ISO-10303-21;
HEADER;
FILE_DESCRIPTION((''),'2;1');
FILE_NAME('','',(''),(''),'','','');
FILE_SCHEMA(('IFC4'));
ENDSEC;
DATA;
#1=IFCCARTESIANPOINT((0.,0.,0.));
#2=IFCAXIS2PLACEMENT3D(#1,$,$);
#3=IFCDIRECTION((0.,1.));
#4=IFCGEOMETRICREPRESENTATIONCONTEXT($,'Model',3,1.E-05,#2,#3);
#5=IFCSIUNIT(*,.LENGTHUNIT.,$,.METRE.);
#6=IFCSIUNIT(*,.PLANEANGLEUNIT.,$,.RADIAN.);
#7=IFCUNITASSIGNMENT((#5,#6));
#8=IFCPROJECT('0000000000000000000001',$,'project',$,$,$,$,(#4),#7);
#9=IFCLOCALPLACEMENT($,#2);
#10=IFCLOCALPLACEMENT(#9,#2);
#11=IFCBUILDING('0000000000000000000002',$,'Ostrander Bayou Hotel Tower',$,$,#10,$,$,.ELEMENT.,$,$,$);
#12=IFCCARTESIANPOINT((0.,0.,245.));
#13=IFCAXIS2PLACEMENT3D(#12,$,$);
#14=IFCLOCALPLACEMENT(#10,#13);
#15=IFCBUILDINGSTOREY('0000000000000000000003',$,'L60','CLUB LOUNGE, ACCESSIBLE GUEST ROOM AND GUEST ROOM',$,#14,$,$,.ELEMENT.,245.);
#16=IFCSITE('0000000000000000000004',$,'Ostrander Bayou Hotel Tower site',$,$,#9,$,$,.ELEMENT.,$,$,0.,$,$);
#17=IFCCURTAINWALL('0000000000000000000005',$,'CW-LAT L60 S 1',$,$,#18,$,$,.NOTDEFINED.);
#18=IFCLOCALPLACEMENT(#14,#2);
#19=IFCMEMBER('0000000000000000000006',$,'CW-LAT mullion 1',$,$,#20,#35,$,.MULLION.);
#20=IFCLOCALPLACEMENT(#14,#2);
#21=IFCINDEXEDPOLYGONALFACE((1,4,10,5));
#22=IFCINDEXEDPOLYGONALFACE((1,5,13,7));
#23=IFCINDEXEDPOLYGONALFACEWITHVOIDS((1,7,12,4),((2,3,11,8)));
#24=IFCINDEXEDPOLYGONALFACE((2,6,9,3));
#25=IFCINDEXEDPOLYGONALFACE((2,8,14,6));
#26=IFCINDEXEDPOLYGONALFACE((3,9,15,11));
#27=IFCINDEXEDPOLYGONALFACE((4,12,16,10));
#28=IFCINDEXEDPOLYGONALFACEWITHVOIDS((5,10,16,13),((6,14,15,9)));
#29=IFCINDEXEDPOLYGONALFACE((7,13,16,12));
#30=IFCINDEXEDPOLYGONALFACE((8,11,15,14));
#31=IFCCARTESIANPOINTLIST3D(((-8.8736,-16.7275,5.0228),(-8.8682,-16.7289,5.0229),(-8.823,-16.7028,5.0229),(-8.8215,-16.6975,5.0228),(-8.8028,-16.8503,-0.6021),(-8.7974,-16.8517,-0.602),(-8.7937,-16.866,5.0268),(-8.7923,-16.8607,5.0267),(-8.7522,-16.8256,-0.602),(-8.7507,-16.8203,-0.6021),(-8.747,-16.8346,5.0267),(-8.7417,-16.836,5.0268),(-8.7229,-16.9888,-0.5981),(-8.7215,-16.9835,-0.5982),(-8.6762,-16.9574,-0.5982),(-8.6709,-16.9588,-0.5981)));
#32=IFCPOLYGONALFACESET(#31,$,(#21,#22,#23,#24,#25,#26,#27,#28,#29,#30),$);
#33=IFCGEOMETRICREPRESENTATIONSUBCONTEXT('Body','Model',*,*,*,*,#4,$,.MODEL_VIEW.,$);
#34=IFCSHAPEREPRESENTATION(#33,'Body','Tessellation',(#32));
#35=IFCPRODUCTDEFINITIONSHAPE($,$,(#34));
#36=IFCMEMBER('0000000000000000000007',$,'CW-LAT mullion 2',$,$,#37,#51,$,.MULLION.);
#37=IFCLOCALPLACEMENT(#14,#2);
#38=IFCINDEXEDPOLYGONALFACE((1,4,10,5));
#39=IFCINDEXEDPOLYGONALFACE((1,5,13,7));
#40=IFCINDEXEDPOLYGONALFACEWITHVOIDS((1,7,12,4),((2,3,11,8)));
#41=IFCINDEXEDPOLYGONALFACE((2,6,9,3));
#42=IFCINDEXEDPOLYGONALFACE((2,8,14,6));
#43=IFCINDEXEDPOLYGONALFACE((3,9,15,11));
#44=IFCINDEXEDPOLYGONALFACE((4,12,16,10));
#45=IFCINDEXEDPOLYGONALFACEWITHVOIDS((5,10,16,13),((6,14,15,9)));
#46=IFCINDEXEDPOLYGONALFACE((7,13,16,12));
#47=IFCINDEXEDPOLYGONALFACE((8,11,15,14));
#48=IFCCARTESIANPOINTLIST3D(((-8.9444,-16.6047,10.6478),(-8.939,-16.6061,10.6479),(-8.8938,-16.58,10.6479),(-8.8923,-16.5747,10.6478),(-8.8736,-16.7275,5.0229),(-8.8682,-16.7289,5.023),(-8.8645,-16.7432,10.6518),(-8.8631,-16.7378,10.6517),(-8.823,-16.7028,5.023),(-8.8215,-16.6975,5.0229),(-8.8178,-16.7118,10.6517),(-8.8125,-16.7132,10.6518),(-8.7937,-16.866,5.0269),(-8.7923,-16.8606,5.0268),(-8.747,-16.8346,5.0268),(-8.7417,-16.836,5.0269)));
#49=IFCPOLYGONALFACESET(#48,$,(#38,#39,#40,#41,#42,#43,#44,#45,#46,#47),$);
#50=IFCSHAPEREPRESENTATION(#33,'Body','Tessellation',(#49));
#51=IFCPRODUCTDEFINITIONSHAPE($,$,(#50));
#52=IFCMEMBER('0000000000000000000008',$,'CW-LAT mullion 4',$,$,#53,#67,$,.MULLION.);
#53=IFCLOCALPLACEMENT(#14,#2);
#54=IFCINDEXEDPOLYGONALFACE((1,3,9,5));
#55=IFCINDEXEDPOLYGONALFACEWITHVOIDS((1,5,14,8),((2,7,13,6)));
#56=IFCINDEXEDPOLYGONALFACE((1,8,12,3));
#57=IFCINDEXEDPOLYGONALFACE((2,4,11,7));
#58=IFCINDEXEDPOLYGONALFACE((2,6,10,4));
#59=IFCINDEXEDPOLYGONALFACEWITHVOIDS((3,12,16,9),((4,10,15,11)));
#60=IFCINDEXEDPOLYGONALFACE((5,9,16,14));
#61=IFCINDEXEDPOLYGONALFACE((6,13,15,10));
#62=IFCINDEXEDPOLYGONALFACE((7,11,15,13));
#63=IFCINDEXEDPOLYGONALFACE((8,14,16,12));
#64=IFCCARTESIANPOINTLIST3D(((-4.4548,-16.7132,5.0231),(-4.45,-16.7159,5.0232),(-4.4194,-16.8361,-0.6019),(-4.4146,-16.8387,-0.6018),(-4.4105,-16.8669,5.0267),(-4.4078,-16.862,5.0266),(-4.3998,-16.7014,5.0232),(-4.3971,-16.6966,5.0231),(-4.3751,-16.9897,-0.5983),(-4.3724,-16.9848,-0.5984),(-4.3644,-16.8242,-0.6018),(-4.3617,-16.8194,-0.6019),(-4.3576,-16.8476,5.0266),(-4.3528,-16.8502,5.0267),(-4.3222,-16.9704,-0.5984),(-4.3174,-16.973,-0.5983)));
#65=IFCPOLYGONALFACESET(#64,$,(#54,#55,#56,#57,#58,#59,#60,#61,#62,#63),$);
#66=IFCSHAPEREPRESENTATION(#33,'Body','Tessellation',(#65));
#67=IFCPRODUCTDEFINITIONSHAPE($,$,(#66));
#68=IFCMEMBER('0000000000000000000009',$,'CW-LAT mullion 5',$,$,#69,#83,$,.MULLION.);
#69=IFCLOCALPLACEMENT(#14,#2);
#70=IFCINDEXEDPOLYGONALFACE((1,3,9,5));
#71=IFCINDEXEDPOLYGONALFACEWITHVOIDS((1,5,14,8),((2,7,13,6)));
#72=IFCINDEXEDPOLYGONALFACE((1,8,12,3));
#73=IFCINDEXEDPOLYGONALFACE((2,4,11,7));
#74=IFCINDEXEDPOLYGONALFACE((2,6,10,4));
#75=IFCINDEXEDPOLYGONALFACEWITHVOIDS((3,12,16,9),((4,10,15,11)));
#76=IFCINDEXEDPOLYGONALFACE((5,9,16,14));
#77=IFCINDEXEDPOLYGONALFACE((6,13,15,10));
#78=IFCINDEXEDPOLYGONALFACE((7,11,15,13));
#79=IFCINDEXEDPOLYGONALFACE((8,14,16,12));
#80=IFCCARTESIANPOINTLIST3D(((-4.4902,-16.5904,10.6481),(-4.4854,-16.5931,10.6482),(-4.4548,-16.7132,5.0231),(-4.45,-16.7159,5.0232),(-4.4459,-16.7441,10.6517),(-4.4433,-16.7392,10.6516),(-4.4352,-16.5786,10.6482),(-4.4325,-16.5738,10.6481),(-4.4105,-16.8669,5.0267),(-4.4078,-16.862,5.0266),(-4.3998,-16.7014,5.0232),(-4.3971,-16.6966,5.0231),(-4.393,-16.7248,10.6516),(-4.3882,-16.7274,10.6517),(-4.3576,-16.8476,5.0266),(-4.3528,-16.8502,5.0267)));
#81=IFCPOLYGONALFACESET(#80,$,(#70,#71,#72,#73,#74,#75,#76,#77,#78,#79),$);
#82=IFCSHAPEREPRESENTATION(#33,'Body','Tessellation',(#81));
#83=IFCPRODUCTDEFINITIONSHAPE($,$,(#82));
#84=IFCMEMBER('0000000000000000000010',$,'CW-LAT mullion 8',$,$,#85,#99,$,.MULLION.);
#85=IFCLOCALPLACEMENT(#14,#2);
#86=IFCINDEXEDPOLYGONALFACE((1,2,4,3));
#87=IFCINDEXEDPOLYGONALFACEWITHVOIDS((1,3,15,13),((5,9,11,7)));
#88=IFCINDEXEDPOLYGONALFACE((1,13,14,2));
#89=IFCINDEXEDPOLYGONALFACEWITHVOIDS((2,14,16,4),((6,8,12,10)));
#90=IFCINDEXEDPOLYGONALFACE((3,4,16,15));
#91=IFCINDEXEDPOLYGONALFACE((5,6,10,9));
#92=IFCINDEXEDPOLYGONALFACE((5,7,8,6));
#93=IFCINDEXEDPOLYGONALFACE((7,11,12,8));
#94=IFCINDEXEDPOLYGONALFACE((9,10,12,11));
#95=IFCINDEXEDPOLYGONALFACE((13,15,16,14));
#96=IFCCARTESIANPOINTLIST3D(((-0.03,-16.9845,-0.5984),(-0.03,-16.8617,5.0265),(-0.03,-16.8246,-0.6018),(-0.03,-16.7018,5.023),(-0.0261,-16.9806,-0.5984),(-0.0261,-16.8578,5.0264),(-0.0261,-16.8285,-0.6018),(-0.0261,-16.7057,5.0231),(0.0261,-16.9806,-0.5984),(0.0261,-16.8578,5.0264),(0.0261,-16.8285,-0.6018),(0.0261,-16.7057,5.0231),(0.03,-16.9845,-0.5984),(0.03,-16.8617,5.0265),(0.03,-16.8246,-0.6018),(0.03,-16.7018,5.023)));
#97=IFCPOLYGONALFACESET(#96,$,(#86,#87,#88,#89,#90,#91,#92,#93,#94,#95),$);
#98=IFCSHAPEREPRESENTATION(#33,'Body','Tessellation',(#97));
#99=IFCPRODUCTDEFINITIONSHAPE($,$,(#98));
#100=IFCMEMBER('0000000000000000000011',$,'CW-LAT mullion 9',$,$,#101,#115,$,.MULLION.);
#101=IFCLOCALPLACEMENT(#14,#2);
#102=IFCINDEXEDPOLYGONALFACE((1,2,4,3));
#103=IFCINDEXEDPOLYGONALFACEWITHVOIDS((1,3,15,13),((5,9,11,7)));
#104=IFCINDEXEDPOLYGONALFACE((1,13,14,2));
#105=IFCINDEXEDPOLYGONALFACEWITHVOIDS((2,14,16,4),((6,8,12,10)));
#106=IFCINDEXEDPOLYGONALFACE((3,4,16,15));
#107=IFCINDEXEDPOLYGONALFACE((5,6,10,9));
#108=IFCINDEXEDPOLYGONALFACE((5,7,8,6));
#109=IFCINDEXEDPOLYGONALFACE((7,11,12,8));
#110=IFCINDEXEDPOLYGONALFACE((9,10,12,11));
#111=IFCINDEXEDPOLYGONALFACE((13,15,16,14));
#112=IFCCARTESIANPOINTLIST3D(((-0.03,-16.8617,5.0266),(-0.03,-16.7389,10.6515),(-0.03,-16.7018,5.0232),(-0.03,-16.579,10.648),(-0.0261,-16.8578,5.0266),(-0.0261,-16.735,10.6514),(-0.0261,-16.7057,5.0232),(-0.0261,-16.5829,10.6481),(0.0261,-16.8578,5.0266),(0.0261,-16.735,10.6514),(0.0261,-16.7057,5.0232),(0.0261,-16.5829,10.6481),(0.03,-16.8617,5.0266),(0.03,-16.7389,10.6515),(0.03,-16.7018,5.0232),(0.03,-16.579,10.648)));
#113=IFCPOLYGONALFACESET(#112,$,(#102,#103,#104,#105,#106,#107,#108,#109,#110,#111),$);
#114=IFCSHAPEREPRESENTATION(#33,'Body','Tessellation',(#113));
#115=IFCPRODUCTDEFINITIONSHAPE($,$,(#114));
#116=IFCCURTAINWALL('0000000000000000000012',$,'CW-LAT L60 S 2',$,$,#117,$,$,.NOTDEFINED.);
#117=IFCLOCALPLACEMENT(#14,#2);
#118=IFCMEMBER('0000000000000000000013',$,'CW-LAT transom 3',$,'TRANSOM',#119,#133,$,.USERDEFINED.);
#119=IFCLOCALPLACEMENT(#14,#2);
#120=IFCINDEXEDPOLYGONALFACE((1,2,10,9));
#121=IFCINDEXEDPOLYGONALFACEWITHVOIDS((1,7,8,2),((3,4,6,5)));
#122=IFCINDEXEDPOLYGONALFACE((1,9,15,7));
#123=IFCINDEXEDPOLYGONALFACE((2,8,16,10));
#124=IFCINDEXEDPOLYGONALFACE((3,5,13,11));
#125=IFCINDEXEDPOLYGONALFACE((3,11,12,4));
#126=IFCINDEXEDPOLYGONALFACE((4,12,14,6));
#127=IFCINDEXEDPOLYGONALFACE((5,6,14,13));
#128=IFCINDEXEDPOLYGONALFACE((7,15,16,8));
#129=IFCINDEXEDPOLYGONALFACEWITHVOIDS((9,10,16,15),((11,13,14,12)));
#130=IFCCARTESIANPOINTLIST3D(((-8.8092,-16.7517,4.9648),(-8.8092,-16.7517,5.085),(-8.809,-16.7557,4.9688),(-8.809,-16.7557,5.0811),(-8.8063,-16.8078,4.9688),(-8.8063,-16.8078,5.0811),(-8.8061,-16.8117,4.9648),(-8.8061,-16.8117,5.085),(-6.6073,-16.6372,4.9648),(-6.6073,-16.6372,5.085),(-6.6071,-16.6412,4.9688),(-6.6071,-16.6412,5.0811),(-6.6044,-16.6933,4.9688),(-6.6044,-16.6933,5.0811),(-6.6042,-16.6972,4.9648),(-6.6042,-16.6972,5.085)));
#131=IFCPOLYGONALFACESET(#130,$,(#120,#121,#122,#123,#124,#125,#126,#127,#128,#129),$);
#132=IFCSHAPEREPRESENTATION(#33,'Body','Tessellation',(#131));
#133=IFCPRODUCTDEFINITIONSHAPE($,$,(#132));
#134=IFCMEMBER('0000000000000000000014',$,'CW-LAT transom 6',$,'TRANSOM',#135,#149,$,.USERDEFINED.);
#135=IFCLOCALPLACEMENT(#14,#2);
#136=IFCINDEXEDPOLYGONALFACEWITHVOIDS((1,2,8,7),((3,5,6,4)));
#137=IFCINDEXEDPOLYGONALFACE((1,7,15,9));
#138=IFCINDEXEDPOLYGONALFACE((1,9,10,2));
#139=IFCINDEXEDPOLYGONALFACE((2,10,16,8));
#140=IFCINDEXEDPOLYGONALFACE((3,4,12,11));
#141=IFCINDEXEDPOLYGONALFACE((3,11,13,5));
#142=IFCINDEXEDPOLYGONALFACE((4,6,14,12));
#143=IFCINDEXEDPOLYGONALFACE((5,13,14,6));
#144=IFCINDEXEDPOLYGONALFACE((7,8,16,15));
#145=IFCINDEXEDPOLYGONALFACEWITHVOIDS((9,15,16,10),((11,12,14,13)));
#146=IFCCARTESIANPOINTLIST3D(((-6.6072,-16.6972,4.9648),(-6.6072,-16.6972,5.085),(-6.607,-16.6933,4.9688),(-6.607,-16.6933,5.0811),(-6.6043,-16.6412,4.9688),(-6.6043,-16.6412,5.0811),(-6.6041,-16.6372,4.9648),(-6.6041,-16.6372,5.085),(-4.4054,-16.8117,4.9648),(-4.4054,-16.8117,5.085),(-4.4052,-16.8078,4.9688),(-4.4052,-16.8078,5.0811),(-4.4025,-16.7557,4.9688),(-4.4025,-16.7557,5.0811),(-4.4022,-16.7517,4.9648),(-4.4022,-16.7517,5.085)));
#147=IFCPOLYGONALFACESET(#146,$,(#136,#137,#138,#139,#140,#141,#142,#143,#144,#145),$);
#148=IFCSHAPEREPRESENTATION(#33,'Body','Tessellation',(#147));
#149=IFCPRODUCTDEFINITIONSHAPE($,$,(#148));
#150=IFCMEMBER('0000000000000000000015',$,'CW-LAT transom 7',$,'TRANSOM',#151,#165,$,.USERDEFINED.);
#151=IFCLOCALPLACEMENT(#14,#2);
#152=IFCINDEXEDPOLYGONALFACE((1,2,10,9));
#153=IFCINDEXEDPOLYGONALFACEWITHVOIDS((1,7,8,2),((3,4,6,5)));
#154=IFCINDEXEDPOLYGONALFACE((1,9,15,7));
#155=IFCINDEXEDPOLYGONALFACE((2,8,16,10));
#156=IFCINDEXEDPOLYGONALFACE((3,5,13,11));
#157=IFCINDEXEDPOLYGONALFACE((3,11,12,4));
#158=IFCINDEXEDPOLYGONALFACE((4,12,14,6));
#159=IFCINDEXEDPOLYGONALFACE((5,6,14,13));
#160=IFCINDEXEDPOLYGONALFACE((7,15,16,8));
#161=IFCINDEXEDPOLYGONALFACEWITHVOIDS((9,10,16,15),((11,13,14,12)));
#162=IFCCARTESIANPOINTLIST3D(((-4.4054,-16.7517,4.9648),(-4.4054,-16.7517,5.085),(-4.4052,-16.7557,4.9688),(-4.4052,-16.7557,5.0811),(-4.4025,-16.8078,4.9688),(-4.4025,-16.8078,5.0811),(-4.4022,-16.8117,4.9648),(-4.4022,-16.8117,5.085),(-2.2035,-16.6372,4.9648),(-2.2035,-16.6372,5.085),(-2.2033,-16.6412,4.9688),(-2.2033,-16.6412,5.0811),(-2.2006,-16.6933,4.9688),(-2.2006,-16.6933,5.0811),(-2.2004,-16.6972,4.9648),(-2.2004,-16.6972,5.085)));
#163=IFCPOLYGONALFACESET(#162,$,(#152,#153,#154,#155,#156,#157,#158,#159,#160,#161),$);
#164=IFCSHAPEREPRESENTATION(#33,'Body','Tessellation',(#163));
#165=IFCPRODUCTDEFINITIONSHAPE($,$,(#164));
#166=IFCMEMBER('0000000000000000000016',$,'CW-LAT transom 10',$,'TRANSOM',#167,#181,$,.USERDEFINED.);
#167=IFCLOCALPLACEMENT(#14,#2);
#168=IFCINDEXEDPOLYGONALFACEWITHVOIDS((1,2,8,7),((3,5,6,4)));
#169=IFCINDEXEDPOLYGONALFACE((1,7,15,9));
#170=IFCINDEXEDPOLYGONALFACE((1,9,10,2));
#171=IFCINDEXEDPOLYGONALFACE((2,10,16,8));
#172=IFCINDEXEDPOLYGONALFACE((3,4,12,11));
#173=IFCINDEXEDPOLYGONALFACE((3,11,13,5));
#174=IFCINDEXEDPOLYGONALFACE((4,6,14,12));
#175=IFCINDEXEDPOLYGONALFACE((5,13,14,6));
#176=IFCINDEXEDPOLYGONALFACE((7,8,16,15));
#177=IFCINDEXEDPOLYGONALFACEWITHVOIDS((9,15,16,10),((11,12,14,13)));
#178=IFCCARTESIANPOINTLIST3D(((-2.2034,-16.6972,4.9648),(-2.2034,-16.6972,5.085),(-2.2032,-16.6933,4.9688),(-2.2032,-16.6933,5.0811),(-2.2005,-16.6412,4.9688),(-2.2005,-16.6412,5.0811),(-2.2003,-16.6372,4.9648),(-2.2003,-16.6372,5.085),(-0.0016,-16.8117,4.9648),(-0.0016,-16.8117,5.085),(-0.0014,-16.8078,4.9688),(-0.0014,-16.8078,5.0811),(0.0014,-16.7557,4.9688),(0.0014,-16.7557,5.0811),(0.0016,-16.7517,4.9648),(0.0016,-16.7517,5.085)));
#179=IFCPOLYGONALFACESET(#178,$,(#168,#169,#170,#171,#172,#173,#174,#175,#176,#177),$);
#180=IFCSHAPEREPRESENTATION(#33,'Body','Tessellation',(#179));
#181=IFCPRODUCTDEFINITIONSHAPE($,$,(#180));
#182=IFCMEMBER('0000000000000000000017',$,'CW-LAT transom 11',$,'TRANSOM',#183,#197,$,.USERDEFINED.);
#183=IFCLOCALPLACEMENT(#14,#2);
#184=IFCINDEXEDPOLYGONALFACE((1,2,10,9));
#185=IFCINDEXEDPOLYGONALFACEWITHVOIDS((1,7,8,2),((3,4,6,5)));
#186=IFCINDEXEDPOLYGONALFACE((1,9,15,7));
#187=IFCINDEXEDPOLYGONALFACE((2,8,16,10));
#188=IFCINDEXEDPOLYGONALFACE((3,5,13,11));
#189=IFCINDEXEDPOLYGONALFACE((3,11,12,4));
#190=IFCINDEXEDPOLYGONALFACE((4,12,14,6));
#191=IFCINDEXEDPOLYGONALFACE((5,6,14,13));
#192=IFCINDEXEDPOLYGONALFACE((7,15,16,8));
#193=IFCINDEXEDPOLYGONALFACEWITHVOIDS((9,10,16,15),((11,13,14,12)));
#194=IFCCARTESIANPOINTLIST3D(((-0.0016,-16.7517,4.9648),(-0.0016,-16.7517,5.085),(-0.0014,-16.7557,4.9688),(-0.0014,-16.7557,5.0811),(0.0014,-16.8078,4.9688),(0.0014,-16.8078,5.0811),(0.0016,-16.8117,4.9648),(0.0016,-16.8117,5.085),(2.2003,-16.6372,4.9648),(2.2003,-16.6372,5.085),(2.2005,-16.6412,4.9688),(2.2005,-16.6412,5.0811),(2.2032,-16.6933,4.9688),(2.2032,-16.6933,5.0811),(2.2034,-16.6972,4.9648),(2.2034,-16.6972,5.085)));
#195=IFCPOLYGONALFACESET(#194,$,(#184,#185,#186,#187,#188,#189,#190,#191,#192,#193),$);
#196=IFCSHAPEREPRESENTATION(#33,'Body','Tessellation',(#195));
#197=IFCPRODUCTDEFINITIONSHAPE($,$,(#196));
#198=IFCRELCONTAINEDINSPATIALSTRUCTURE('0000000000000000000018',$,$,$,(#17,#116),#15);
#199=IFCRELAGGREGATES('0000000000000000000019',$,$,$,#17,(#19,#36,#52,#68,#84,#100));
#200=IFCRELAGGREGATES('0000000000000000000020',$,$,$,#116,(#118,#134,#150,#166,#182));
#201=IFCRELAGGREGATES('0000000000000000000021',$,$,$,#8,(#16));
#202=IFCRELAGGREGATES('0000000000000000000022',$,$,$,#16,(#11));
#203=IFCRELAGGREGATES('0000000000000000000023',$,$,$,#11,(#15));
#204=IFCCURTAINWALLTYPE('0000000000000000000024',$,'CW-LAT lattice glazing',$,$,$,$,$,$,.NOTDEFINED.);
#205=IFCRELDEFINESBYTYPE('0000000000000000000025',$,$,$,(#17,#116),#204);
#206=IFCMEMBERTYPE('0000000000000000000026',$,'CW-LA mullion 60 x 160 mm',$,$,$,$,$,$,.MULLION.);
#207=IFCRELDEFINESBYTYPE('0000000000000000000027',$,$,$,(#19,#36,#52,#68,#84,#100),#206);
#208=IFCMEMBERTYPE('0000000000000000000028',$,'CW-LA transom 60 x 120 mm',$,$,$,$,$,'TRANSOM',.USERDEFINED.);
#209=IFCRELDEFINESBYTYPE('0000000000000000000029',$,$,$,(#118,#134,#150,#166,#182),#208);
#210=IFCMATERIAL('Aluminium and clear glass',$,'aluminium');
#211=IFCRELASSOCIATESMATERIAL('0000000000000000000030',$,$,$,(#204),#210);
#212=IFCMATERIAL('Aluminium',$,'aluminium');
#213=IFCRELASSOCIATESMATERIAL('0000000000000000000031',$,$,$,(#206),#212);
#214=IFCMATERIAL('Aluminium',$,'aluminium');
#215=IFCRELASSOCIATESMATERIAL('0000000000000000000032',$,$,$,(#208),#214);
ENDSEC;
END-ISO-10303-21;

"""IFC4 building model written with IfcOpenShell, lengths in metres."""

from ifc_helpers import new_model, si_unit, direction, frame, origin, origin_2d, place, context, subcontext, project, spatial, hollow_rectangle, extrude, material, material_profile, profile_set, type_object, element, aggregate, save


model = new_model("IFC4")

# Units and contexts
model_context = context("Model", 3, precision=1e-05, world=origin(), true_north=direction((0.0, 1.0)))
body_context = subcontext(model_context, "Body", "Model", "MODEL_VIEW")
ifc_project = project(units=[si_unit("LENGTHUNIT", "METRE"), si_unit("PLANEANGLEUNIT", "RADIAN")], contexts=[model_context])

# Site, building, storey
site_placement = place(None, origin())
site = spatial("IfcSite", under=ifc_project, at=site_placement, Name="Ostrander Bayou Hotel Tower site", CompositionType="ELEMENT", RefElevation=0.0)
building_placement = place(site_placement, origin())
building = spatial("IfcBuilding", under=site, at=building_placement, Name="Ostrander Bayou Hotel Tower", CompositionType="ELEMENT")
storey_placement = place(building_placement, frame((0.0, 0.0, 245.0)))
storey = spatial("IfcBuildingStorey", under=building, at=storey_placement, Name="L60", Description="CLUB LOUNGE, ACCESSIBLE GUEST ROOM AND GUEST ROOM", CompositionType="ELEMENT", Elevation=245.0)

# Curtain walls, members
ifc_material_1 = material(Name="Aluminium and clear glass", Category="aluminium")
curtain_wall_type = type_object("IfcCurtainWallType", Name="CW-LAT lattice glazing", PredefinedType="NOTDEFINED", material=ifc_material_1)
curtain_wall_1_placement = place(storey_placement, origin())
curtain_wall_1 = element("IfcCurtainWall", 1, at=curtain_wall_1_placement, inside=storey, type_object=curtain_wall_type, Name="CW-LAT L60 S 1", PredefinedType="NOTDEFINED")
ifc_material_2 = material(Name="Aluminium", Category="aluminium")
ifc_material_profile_1 = material_profile(ifc_material_2, hollow_rectangle(XDim=0.0601, YDim=0.1599, WallThickness=0.0039, at=origin_2d()))
ifc_profile_set_1 = profile_set([ifc_material_profile_1], Name="Aluminium")
member_type_1 = type_object("IfcMemberType", Name="CW-LA mullion 60 x 160 mm", PredefinedType="MULLION", material=ifc_profile_set_1)
member_1_placement = place(storey_placement, frame((-8.7368, -16.9045, -0.6001), z_axis=(-0.012583, 0.021825, 0.999683), x_axis=(-0.866329, -0.499474, 0.0)))
member_1 = element("IfcMember", 2, at=member_1_placement, type_object=member_type_1, Name="CW-LAT mullion 1", PredefinedType="MULLION", context=body_context, shape_type="SweptSolid", body=[
    extrude(hollow_rectangle(XDim=0.0601, YDim=0.1599, WallThickness=0.0039, at=origin_2d()), origin(), (0.0, 0.0, 1.0), 5.6267),
])
member_2_placement = place(storey_placement, frame((-8.8076, -16.7817, 5.0249), z_axis=(-0.012583, 0.021825, 0.999683), x_axis=(-0.866329, -0.499474, 0.0)))
member_2 = element("IfcMember", 3, at=member_2_placement, type_object=member_type_1, Name="CW-LAT mullion 2", PredefinedType="MULLION", context=body_context, shape_type="SweptSolid", body=[
    extrude(hollow_rectangle(XDim=0.0601, YDim=0.1599, WallThickness=0.0039, at=origin_2d()), origin(), (0.0, 0.0, 1.0), 5.6267),
])
member_3_placement = place(storey_placement, frame((-4.3684, -16.9045, -0.6001), z_axis=(-0.006292, 0.021826, 0.999742), x_axis=(-0.960872, -0.276991, 0.0)))
member_3 = element("IfcMember", 4, at=member_3_placement, type_object=member_type_1, Name="CW-LAT mullion 4", PredefinedType="MULLION", context=body_context, shape_type="SweptSolid", body=[
    extrude(hollow_rectangle(XDim=0.0601, YDim=0.1599, WallThickness=0.0039, at=origin_2d()), origin(), (0.0, 0.0, 1.0), 5.6265),
])
member_4_placement = place(storey_placement, frame((-4.4038, -16.7817, 5.0249), z_axis=(-0.006292, 0.021826, 0.999742), x_axis=(-0.960872, -0.276991, 0.0)))
member_4 = element("IfcMember", 5, at=member_4_placement, type_object=member_type_1, Name="CW-LAT mullion 5", PredefinedType="MULLION", context=body_context, shape_type="SweptSolid", body=[
    extrude(hollow_rectangle(XDim=0.0601, YDim=0.1599, WallThickness=0.0039, at=origin_2d()), origin(), (0.0, 0.0, 1.0), 5.6265),
])
member_5_placement = place(storey_placement, frame((0.0, -16.9045, -0.6001), z_axis=(0.0, 0.021826, 0.999762), x_axis=(-1.0, 0.0, 0.0)))
member_5 = element("IfcMember", 6, at=member_5_placement, type_object=member_type_1, Name="CW-LAT mullion 8", PredefinedType="MULLION", context=body_context, shape_type="SweptSolid", body=[
    extrude(hollow_rectangle(XDim=0.0601, YDim=0.1599, WallThickness=0.0039, at=origin_2d()), origin(), (0.0, 0.0, 1.0), 5.6262),
])
member_6_placement = place(storey_placement, frame((0.0, -16.7817, 5.0249), z_axis=(0.0, 0.021826, 0.999762), x_axis=(-1.0, 0.0, 0.0)))
member_6 = element("IfcMember", 7, at=member_6_placement, type_object=member_type_1, Name="CW-LAT mullion 9", PredefinedType="MULLION", context=body_context, shape_type="SweptSolid", body=[
    extrude(hollow_rectangle(XDim=0.0601, YDim=0.1599, WallThickness=0.0039, at=origin_2d()), origin(), (0.0, 0.0, 1.0), 5.6262),
])
curtain_wall_2_placement = place(storey_placement, origin())
curtain_wall_2 = element("IfcCurtainWall", 8, at=curtain_wall_2_placement, inside=storey, type_object=curtain_wall_type, Name="CW-LAT L60 S 2", PredefinedType="NOTDEFINED")
ifc_material_3 = material(Name="Aluminium", Category="aluminium")
ifc_material_profile_2 = material_profile(ifc_material_3, hollow_rectangle(XDim=0.0601, YDim=0.1201, WallThickness=0.0039, at=origin_2d()))
ifc_profile_set_2 = profile_set([ifc_material_profile_2], Name="Aluminium")
member_type_2 = type_object("IfcMemberType", Name="CW-LA transom 60 x 120 mm", ElementType="TRANSOM", PredefinedType="USERDEFINED", material=ifc_profile_set_2)
member_7_placement = place(storey_placement, frame((-8.8076, -16.7817, 5.0249), z_axis=(0.998651, 0.051931, 0.0), x_axis=(-0.051931, 0.998651, 0.0)))
member_7 = element("IfcMember", 9, at=member_7_placement, type_object=member_type_2, Name="CW-LAT transom 3", ObjectType="TRANSOM", PredefinedType="USERDEFINED", context=body_context, shape_type="SweptSolid", body=[
    extrude(hollow_rectangle(XDim=0.0601, YDim=0.1201, WallThickness=0.0039, at=origin_2d()), origin(), (0.0, 0.0, 1.0), 2.2048),
])
member_8_placement = place(storey_placement, frame((-4.4038, -16.7817, 5.0249), z_axis=(-0.998651, 0.051931, 0.0), x_axis=(-0.051931, -0.998651, 0.0)))
member_8 = element("IfcMember", 10, at=member_8_placement, type_object=member_type_2, Name="CW-LAT transom 6", ObjectType="TRANSOM", PredefinedType="USERDEFINED", context=body_context, shape_type="SweptSolid", body=[
    extrude(hollow_rectangle(XDim=0.0601, YDim=0.1201, WallThickness=0.0039, at=origin_2d()), origin(), (0.0, 0.0, 1.0), 2.2048),
])
member_9_placement = place(storey_placement, frame((-4.4038, -16.7817, 5.0249), z_axis=(0.998651, 0.051931, 0.0), x_axis=(-0.051931, 0.998651, 0.0)))
member_9 = element("IfcMember", 11, at=member_9_placement, type_object=member_type_2, Name="CW-LAT transom 7", ObjectType="TRANSOM", PredefinedType="USERDEFINED", context=body_context, shape_type="SweptSolid", body=[
    extrude(hollow_rectangle(XDim=0.0601, YDim=0.1201, WallThickness=0.0039, at=origin_2d()), origin(), (0.0, 0.0, 1.0), 2.2048),
])
member_10_placement = place(storey_placement, frame((0.0, -16.7817, 5.0249), z_axis=(-0.998651, 0.051931, 0.0), x_axis=(-0.051931, -0.998651, 0.0)))
member_10 = element("IfcMember", 12, at=member_10_placement, type_object=member_type_2, Name="CW-LAT transom 10", ObjectType="TRANSOM", PredefinedType="USERDEFINED", context=body_context, shape_type="SweptSolid", body=[
    extrude(hollow_rectangle(XDim=0.0601, YDim=0.1201, WallThickness=0.0039, at=origin_2d()), origin(), (0.0, 0.0, 1.0), 2.2048),
])
member_11_placement = place(storey_placement, frame((0.0, -16.7817, 5.0249), z_axis=(0.998651, 0.051931, 0.0), x_axis=(-0.051931, 0.998651, 0.0)))
member_11 = element("IfcMember", 13, at=member_11_placement, type_object=member_type_2, Name="CW-LAT transom 11", ObjectType="TRANSOM", PredefinedType="USERDEFINED", context=body_context, shape_type="SweptSolid", body=[
    extrude(hollow_rectangle(XDim=0.0601, YDim=0.1201, WallThickness=0.0039, at=origin_2d()), origin(), (0.0, 0.0, 1.0), 2.2048),
])

aggregate(curtain_wall_1, [member_1, member_2, member_3, member_4, member_5, member_6])
aggregate(curtain_wall_2, [member_7, member_8, member_9, member_10, member_11])

save(model, "model.ifc")
